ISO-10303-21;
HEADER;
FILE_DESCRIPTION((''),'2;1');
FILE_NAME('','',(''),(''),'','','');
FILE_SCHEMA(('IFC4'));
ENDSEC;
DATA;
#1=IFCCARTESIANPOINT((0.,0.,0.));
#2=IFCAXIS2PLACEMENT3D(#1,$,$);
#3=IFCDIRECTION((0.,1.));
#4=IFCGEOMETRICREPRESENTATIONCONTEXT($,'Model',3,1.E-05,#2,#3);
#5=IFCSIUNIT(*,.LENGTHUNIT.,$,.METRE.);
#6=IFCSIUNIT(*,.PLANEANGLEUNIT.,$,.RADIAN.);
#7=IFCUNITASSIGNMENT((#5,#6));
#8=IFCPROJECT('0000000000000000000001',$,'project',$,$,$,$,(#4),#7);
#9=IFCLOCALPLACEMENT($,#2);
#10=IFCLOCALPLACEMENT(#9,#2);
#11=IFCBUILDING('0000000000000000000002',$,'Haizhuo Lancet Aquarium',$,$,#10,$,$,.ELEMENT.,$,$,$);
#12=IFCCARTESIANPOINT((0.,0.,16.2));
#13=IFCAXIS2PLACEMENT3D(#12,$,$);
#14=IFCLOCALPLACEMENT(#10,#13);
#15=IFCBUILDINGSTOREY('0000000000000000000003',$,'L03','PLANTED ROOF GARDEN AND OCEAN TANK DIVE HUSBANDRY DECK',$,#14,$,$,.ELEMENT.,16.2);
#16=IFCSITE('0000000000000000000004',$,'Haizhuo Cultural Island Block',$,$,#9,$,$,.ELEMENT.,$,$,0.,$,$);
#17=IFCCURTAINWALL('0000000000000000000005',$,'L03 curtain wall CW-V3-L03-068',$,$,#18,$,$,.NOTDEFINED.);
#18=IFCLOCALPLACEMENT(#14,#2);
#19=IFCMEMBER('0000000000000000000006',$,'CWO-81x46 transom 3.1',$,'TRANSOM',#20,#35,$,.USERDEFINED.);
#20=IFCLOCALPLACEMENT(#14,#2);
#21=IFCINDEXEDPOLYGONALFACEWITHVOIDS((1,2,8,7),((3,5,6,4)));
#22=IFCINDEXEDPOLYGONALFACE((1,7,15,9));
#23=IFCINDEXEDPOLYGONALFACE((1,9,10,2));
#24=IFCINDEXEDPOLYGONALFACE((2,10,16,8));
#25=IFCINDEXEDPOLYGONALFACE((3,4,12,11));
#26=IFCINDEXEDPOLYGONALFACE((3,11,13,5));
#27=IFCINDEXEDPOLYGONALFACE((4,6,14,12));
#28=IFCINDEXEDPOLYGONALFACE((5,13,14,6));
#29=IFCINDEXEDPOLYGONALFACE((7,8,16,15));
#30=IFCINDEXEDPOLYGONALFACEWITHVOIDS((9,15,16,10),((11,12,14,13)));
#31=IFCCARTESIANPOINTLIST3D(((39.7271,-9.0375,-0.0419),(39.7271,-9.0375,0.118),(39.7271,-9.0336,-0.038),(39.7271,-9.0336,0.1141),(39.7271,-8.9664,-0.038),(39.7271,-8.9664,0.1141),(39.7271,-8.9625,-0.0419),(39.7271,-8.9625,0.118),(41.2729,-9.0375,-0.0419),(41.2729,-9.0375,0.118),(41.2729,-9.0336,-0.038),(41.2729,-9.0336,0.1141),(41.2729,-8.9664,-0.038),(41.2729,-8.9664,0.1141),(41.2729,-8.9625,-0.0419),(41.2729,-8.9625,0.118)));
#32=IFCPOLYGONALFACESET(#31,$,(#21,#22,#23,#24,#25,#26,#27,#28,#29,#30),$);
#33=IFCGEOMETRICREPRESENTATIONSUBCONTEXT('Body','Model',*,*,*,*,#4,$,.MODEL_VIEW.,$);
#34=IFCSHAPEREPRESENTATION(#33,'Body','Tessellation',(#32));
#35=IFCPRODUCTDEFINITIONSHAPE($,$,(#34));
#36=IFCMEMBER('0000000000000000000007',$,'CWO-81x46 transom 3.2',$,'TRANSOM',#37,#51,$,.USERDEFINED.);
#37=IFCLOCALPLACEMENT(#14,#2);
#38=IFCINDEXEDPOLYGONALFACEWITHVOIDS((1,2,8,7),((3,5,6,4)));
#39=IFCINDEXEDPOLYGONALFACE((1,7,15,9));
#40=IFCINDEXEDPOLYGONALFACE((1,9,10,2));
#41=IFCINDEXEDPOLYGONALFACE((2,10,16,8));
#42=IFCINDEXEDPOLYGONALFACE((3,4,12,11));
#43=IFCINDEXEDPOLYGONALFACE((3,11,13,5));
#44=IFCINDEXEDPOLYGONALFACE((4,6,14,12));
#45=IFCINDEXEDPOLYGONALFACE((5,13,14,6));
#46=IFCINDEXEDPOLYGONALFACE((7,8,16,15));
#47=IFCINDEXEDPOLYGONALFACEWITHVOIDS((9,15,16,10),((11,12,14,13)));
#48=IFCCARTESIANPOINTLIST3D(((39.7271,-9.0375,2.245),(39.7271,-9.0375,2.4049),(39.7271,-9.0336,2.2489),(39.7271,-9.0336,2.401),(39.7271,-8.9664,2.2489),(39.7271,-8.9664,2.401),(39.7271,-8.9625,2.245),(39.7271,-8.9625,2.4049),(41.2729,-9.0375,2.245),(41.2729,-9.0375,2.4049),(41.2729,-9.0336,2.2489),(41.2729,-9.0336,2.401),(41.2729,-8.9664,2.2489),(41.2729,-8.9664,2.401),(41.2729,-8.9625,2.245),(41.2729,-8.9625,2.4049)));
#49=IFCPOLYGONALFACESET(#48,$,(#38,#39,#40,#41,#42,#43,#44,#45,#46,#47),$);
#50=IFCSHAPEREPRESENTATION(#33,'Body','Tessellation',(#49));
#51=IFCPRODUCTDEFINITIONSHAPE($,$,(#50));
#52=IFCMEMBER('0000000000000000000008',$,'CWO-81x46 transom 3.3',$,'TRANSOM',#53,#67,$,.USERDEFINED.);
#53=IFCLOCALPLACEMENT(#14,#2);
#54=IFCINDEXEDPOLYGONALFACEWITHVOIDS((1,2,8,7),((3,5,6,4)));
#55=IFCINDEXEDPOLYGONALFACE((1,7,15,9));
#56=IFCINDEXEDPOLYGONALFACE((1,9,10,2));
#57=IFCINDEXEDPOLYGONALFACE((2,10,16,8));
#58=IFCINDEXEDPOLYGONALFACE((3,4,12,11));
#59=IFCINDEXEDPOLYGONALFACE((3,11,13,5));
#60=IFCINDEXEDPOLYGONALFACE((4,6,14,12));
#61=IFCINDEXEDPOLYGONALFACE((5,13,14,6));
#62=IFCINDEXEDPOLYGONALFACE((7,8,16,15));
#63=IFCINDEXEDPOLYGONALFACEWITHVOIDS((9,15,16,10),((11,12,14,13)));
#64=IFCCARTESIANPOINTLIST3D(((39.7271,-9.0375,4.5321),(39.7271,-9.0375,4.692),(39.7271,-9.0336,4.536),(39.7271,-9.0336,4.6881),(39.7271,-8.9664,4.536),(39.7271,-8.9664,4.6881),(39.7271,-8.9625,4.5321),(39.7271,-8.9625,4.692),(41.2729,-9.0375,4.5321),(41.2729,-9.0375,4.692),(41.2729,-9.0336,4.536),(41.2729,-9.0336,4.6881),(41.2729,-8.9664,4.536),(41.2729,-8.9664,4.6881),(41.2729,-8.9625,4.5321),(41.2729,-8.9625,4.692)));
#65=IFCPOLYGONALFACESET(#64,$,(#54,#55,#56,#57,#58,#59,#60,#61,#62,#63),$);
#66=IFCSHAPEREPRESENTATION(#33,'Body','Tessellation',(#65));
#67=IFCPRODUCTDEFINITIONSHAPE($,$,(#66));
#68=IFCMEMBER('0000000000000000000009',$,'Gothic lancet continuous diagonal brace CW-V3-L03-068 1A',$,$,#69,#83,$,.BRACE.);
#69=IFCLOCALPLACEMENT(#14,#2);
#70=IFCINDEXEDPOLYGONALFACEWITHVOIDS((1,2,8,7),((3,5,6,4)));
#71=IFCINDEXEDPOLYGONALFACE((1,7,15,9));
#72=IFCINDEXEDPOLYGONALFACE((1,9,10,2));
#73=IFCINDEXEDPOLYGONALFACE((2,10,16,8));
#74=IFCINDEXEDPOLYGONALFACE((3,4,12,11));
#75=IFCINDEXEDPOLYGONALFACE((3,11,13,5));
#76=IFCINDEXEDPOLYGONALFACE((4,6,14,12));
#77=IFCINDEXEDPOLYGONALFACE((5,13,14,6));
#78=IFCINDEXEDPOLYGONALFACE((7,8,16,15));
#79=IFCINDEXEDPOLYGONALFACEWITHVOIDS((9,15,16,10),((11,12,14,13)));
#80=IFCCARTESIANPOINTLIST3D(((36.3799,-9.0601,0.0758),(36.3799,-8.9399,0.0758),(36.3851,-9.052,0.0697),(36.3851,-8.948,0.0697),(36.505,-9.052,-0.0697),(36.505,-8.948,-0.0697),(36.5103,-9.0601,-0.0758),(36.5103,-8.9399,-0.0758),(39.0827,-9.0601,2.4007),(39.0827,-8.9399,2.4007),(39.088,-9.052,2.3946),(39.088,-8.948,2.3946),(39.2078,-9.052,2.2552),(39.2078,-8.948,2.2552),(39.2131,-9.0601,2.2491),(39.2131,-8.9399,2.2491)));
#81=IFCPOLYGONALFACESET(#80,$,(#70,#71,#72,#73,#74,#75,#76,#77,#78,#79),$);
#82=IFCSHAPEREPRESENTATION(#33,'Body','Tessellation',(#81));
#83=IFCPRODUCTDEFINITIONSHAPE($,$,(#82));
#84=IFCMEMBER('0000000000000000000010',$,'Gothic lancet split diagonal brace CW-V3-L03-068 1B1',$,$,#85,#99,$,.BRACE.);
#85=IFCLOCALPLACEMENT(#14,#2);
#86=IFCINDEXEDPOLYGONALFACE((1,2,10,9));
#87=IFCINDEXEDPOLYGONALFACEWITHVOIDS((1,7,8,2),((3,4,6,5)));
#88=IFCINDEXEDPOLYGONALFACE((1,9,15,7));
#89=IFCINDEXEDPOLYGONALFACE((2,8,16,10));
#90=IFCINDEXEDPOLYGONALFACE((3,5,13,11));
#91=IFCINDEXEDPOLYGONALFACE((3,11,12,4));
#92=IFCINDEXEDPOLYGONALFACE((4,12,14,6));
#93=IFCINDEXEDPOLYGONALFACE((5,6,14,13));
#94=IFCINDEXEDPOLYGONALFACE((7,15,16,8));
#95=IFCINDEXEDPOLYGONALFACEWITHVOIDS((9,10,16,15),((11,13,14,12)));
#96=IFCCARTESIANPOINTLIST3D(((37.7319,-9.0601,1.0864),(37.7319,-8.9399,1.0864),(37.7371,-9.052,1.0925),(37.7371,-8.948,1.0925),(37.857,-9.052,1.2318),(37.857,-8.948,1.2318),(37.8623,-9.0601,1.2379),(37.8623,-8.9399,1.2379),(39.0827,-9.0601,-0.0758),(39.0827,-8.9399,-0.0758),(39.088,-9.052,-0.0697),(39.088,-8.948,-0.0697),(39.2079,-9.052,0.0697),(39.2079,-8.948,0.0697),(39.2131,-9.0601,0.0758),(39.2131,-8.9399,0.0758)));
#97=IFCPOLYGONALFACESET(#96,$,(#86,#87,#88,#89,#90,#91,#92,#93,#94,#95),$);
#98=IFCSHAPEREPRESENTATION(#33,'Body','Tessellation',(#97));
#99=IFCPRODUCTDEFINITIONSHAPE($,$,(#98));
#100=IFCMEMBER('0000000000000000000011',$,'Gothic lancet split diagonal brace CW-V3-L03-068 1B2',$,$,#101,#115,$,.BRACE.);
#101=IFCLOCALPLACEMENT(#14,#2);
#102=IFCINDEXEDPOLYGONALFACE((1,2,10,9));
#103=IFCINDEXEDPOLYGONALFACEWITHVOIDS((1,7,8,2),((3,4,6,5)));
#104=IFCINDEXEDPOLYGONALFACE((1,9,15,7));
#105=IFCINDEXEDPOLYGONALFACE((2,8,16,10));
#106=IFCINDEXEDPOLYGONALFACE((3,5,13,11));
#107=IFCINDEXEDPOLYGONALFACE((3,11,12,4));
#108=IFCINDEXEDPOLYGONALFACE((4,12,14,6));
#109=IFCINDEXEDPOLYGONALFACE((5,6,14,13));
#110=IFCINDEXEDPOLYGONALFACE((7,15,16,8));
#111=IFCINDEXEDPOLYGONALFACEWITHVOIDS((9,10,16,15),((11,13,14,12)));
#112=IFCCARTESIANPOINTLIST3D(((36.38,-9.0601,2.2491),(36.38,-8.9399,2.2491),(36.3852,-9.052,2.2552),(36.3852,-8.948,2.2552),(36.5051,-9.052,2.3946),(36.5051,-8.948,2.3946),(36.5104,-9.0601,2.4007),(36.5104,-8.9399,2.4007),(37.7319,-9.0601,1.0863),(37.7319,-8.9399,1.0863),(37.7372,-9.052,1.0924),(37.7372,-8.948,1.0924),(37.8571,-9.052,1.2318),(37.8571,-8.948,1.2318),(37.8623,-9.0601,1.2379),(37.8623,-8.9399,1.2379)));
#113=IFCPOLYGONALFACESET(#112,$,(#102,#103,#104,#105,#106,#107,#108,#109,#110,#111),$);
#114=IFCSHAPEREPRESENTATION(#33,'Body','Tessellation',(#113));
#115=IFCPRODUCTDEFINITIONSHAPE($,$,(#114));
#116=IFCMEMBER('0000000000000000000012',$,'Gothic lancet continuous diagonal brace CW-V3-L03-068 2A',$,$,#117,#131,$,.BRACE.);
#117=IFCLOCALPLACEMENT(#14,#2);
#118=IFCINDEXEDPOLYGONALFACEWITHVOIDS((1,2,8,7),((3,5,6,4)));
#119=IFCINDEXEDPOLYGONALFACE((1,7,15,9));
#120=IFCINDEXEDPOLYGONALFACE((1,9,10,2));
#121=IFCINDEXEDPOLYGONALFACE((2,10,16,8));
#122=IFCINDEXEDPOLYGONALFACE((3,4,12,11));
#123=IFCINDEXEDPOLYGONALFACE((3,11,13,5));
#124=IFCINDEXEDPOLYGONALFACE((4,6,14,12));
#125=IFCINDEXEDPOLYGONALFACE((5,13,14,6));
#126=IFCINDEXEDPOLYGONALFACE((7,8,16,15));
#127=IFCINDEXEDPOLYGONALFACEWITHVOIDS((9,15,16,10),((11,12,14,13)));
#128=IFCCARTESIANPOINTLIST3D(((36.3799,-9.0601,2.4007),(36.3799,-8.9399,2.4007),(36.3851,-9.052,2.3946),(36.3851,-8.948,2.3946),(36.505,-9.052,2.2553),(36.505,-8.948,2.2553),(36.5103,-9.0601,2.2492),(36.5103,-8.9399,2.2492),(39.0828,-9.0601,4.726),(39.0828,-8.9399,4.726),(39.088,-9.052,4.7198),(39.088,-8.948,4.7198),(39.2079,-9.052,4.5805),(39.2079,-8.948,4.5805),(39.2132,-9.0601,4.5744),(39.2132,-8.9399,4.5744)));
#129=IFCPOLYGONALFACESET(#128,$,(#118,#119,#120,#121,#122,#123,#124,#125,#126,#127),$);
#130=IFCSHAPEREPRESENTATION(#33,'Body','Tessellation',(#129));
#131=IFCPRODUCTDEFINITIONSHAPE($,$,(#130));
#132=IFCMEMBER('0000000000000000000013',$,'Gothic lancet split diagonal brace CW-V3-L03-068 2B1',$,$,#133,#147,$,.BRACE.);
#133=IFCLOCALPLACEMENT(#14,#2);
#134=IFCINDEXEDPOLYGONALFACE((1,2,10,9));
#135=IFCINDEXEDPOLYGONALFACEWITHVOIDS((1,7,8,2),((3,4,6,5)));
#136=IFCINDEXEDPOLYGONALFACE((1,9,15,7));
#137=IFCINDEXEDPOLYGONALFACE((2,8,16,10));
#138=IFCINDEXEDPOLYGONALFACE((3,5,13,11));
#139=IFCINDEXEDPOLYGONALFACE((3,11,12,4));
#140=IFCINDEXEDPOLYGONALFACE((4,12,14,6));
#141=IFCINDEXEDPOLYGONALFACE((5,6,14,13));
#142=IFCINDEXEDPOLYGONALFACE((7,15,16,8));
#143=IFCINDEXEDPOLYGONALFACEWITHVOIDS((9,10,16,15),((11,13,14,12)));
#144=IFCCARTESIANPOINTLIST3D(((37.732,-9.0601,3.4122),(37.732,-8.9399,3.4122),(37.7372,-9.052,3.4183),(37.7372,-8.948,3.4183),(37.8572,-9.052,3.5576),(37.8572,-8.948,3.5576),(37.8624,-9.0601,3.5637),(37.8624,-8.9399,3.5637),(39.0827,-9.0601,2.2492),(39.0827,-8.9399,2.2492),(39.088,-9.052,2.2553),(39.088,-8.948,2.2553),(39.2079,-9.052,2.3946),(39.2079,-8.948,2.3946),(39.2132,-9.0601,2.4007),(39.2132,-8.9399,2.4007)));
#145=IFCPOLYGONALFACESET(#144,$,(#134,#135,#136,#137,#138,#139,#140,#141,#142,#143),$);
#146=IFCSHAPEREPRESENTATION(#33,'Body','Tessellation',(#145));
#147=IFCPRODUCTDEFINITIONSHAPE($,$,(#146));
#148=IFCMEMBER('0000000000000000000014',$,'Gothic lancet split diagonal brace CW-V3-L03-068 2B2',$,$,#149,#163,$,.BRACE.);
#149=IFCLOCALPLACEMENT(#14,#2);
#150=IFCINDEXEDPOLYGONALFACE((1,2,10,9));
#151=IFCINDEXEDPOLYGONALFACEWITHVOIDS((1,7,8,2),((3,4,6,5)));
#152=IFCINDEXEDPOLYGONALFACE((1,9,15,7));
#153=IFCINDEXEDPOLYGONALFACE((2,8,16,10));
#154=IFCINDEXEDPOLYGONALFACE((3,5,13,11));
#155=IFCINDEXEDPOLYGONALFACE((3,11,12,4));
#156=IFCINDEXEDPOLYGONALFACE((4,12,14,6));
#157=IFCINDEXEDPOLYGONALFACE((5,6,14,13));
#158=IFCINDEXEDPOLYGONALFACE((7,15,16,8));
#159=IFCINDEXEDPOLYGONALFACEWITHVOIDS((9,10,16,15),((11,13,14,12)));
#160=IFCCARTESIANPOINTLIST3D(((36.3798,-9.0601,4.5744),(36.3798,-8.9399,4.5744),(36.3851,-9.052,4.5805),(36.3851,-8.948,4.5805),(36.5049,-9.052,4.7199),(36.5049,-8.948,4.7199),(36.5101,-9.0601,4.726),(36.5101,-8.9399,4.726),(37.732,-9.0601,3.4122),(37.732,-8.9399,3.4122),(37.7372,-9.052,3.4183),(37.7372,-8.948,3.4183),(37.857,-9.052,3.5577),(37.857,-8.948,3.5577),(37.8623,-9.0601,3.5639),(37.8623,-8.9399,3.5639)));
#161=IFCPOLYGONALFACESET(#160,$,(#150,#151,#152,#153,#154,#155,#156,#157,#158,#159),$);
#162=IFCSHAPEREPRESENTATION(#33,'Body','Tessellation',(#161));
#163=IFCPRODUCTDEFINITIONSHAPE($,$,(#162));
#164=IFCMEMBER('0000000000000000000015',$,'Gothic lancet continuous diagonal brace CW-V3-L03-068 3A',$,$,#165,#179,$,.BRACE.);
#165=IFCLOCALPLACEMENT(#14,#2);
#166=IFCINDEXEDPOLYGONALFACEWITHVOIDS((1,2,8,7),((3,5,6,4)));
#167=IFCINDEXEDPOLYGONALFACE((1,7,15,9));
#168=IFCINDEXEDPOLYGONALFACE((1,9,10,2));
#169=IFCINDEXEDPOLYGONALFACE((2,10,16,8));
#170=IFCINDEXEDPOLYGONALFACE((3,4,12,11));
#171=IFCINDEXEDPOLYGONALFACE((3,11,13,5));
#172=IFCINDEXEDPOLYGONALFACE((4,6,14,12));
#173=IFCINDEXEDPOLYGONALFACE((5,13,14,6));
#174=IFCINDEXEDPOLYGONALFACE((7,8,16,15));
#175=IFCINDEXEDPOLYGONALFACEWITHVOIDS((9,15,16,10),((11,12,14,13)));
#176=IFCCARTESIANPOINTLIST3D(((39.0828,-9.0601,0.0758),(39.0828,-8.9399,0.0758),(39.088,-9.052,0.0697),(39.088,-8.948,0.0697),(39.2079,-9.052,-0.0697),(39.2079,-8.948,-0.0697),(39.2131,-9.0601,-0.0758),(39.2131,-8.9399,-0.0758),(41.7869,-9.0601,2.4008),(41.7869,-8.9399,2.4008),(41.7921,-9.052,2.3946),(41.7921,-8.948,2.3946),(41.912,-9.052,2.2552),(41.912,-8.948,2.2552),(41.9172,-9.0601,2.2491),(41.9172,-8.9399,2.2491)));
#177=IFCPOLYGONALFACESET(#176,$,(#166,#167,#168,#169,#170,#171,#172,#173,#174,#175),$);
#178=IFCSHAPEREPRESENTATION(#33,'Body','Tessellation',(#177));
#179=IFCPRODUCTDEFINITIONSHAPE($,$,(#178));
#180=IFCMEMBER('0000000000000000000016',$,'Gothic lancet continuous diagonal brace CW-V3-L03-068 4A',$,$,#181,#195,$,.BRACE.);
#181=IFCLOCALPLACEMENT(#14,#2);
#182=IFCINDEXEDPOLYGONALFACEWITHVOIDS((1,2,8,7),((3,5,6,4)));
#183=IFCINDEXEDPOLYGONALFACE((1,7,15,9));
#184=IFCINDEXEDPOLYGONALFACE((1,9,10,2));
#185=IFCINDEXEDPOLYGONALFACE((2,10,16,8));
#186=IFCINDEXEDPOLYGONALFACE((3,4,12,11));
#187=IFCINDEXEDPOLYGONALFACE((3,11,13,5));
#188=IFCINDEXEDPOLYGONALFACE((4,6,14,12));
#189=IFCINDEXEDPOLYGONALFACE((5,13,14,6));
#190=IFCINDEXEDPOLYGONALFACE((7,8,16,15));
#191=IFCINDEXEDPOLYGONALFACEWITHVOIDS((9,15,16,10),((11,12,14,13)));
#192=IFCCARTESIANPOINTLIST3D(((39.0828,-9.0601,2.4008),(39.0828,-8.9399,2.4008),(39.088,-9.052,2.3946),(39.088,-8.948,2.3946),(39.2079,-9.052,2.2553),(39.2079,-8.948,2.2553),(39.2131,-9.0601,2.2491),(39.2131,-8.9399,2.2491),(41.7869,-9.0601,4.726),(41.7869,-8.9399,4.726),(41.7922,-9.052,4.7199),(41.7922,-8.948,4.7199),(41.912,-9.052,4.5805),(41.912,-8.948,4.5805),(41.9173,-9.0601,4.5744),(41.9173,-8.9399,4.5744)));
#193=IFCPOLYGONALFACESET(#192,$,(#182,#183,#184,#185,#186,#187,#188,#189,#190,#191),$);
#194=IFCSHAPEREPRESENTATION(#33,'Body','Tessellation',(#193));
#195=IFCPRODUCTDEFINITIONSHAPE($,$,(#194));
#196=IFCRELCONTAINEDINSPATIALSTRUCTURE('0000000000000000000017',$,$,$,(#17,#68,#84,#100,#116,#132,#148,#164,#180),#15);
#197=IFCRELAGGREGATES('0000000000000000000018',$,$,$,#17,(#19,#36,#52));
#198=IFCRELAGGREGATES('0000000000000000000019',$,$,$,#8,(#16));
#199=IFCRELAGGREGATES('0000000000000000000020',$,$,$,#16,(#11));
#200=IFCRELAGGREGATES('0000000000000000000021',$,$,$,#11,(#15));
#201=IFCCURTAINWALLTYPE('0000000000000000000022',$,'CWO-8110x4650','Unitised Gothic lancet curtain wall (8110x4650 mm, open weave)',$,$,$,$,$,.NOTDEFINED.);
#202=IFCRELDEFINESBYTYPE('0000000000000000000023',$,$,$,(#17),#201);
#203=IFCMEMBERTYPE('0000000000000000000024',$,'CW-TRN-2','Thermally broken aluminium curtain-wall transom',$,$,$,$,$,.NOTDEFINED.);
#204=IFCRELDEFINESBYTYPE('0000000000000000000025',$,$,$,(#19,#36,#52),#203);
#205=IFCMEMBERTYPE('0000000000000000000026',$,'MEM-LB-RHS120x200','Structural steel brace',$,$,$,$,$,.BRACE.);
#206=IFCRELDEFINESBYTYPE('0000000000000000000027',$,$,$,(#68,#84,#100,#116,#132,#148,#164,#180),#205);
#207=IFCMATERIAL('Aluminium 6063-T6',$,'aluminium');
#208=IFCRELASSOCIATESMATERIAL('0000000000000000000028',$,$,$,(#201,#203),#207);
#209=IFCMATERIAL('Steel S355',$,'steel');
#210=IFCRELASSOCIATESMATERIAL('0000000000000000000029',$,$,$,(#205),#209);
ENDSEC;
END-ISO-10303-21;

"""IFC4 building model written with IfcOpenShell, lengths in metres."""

from ifc_helpers import new_model, si_unit, direction, frame, origin, origin_2d, place, context, subcontext, project, spatial, hollow_rectangle, extrude, material, material_profile, profile_set, type_object, element, aggregate, save


model = new_model("IFC4")

# Units and contexts
model_context = context("Model", 3, precision=1e-05, world=origin(), true_north=direction((0.0, 1.0)))
body_context = subcontext(model_context, "Body", "Model", "MODEL_VIEW")
ifc_project = project(units=[si_unit("LENGTHUNIT", "METRE"), si_unit("PLANEANGLEUNIT", "RADIAN")], contexts=[model_context])

# Site, building, storey
site_placement = place(None, origin())
site = spatial("IfcSite", under=ifc_project, at=site_placement, Name="Haizhuo Cultural Island Block", CompositionType="ELEMENT", RefElevation=0.0)
building_placement = place(site_placement, origin())
building = spatial("IfcBuilding", under=site, at=building_placement, Name="Haizhuo Lancet Aquarium", CompositionType="ELEMENT")
storey_placement = place(building_placement, frame((0.0, 0.0, 16.2)))
storey = spatial("IfcBuildingStorey", under=building, at=storey_placement, Name="L03", Description="PLANTED ROOF GARDEN AND OCEAN TANK DIVE HUSBANDRY DECK", CompositionType="ELEMENT", Elevation=16.2)

# Curtain wall, members
ifc_material_1 = material(Name="Aluminium 6063-T6", Category="aluminium")
curtain_wall_type = type_object("IfcCurtainWallType", Name="CWO-8110x4650", Description="Unitised Gothic lancet curtain wall (8110x4650 mm, open weave)", PredefinedType="NOTDEFINED", material=ifc_material_1)
curtain_wall_placement = place(storey_placement, origin())
curtain_wall = element("IfcCurtainWall", 1, at=curtain_wall_placement, inside=storey, type_object=curtain_wall_type, Name="L03 curtain wall CW-V3-L03-068", PredefinedType="NOTDEFINED")
ifc_material_profile_1 = material_profile(ifc_material_1, hollow_rectangle(XDim=0.075, YDim=0.1599, WallThickness=0.0039, at=origin_2d()), Name="ALU-T 75x160x4")
ifc_profile_set_1 = profile_set([ifc_material_profile_1], Name="Aluminium 6063-T6")
member_type_1 = type_object("IfcMemberType", Name="CW-TRN-2", Description="Thermally broken aluminium curtain-wall transom", PredefinedType="NOTDEFINED", material=ifc_profile_set_1)
member_1_placement = place(storey_placement, frame((39.7271, -9.0, 0.0381), z_axis=(1.0, 0.0, 0.0), x_axis=(0.0, 1.0, 0.0)))
member_1 = element("IfcMember", 2, at=member_1_placement, type_object=member_type_1, Name="CWO-81x46 transom 3.1", ObjectType="TRANSOM", PredefinedType="USERDEFINED", context=body_context, shape_type="SweptSolid", body=[
    extrude(hollow_rectangle(XDim=0.075, YDim=0.1599, WallThickness=0.0039, at=origin_2d()), origin(), (0.0, 0.0, 1.0), 1.5459),
])
member_2_placement = place(storey_placement, frame((39.7271, -9.0, 2.325), z_axis=(1.0, 0.0, 0.0), x_axis=(0.0, 1.0, 0.0)))
member_2 = element("IfcMember", 3, at=member_2_placement, type_object=member_type_1, Name="CWO-81x46 transom 3.2", ObjectType="TRANSOM", PredefinedType="USERDEFINED", context=body_context, shape_type="SweptSolid", body=[
    extrude(hollow_rectangle(XDim=0.075, YDim=0.1599, WallThickness=0.0039, at=origin_2d()), origin(), (0.0, 0.0, 1.0), 1.5459),
])
member_3_placement = place(storey_placement, frame((39.7271, -9.0, 4.6121), z_axis=(1.0, 0.0, 0.0), x_axis=(0.0, 1.0, 0.0)))
member_3 = element("IfcMember", 4, at=member_3_placement, type_object=member_type_1, Name="CWO-81x46 transom 3.3", ObjectType="TRANSOM", PredefinedType="USERDEFINED", context=body_context, shape_type="SweptSolid", body=[
    extrude(hollow_rectangle(XDim=0.075, YDim=0.1599, WallThickness=0.0039, at=origin_2d()), origin(), (0.0, 0.0, 1.0), 1.5459),
])

# Members
ifc_material_2 = material(Name="Steel S355", Category="steel")
ifc_material_profile_2 = material_profile(ifc_material_2, hollow_rectangle(XDim=0.1201, YDim=0.2, WallThickness=0.0081, at=origin_2d()), Name="RHS 120x200x8")
ifc_profile_set_2 = profile_set([ifc_material_profile_2], Name="Steel S355")
member_type_2 = type_object("IfcMemberType", Name="MEM-LB-RHS120x200", Description="Structural steel brace", PredefinedType="BRACE", material=ifc_profile_set_2)
member_4_placement = place(storey_placement, frame((36.4451, -9.0, 0.0), z_axis=(0.75812, 0.0, 0.652116), x_axis=(0.0, 1.0, 0.0)))
element("IfcMember", 5, at=member_4_placement, inside=storey, type_object=member_type_2, Name="Gothic lancet continuous diagonal brace CW-V3-L03-068 1A", PredefinedType="BRACE", context=body_context, shape_type="SweptSolid", body=[
    extrude(hollow_rectangle(XDim=0.1201, YDim=0.2, WallThickness=0.0081, at=origin_2d()), origin(), (0.0, 0.0, 1.0), 3.5652),
])
member_5_placement = place(storey_placement, frame((39.1479, -9.0, 0.0), z_axis=(-0.758075, 0.0, 0.652167), x_axis=(0.0, -1.0, 0.0)))
element("IfcMember", 6, at=member_5_placement, inside=storey, type_object=member_type_2, Name="Gothic lancet split diagonal brace CW-V3-L03-068 1B1", PredefinedType="BRACE", context=body_context, shape_type="SweptSolid", body=[
    extrude(hollow_rectangle(XDim=0.1201, YDim=0.2, WallThickness=0.0081, at=origin_2d()), origin(), (0.0, 0.0, 1.0), 1.782),
])
member_6_placement = place(storey_placement, frame((37.7971, -9.0, 1.1621), z_axis=(-0.758164, 0.0, 0.652064), x_axis=(0.0, -1.0, 0.0)))
element("IfcMember", 7, at=member_6_placement, inside=storey, type_object=member_type_2, Name="Gothic lancet split diagonal brace CW-V3-L03-068 1B2", PredefinedType="BRACE", context=body_context, shape_type="SweptSolid", body=[
    extrude(hollow_rectangle(XDim=0.1201, YDim=0.2, WallThickness=0.0081, at=origin_2d()), origin(), (0.0, 0.0, 1.0), 1.7832),
])
member_7_placement = place(storey_placement, frame((36.4451, -9.0, 2.325), z_axis=(0.758086, 0.0, 0.652155), x_axis=(0.0, 1.0, 0.0)))
element("IfcMember", 8, at=member_7_placement, inside=storey, type_object=member_type_2, Name="Gothic lancet continuous diagonal brace CW-V3-L03-068 2A", PredefinedType="BRACE", context=body_context, shape_type="SweptSolid", body=[
    extrude(hollow_rectangle(XDim=0.1201, YDim=0.2, WallThickness=0.0081, at=origin_2d()), origin(), (0.0, 0.0, 1.0), 3.5654),
])
member_8_placement = place(storey_placement, frame((39.1479, -9.0, 2.325), z_axis=(-0.757805, 0.0, 0.652482), x_axis=(0.0, -1.0, 0.0)))
element("IfcMember", 9, at=member_8_placement, inside=storey, type_object=member_type_2, Name="Gothic lancet split diagonal brace CW-V3-L03-068 2B1", PredefinedType="BRACE", context=body_context, shape_type="SweptSolid", body=[
    extrude(hollow_rectangle(XDim=0.1201, YDim=0.2, WallThickness=0.0081, at=origin_2d()), origin(), (0.0, 0.0, 1.0), 1.7825),
])
member_9_placement = place(storey_placement, frame((37.7971, -9.0, 3.488), z_axis=(-0.758367, 0.0, 0.651828), x_axis=(0.0, -1.0, 0.0)))
element("IfcMember", 10, at=member_9_placement, inside=storey, type_object=member_type_2, Name="Gothic lancet split diagonal brace CW-V3-L03-068 2B2", PredefinedType="BRACE", context=body_context, shape_type="SweptSolid", body=[
    extrude(hollow_rectangle(XDim=0.1201, YDim=0.2, WallThickness=0.0081, at=origin_2d()), origin(), (0.0, 0.0, 1.0), 1.783),
])
member_10_placement = place(storey_placement, frame((39.1479, -9.0, 0.0), z_axis=(0.758265, 0.0, 0.651946), x_axis=(0.0, 1.0, 0.0)))
element("IfcMember", 11, at=member_10_placement, inside=storey, type_object=member_type_2, Name="Gothic lancet continuous diagonal brace CW-V3-L03-068 3A", PredefinedType="BRACE", context=body_context, shape_type="SweptSolid", body=[
    extrude(hollow_rectangle(XDim=0.1201, YDim=0.2, WallThickness=0.0081, at=origin_2d()), origin(), (0.0, 0.0, 1.0), 3.5662),
])
member_11_placement = place(storey_placement, frame((39.1479, -9.0, 2.325), z_axis=(0.758231, 0.0, 0.651986), x_axis=(0.0, 1.0, 0.0)))
element("IfcMember", 12, at=member_11_placement, inside=storey, type_object=member_type_2, Name="Gothic lancet continuous diagonal brace CW-V3-L03-068 4A", PredefinedType="BRACE", context=body_context, shape_type="SweptSolid", body=[
    extrude(hollow_rectangle(XDim=0.1201, YDim=0.2, WallThickness=0.0081, at=origin_2d()), origin(), (0.0, 0.0, 1.0), 3.5664),
])

aggregate(curtain_wall, [member_1, member_2, member_3])

save(model, "model.ifc")
